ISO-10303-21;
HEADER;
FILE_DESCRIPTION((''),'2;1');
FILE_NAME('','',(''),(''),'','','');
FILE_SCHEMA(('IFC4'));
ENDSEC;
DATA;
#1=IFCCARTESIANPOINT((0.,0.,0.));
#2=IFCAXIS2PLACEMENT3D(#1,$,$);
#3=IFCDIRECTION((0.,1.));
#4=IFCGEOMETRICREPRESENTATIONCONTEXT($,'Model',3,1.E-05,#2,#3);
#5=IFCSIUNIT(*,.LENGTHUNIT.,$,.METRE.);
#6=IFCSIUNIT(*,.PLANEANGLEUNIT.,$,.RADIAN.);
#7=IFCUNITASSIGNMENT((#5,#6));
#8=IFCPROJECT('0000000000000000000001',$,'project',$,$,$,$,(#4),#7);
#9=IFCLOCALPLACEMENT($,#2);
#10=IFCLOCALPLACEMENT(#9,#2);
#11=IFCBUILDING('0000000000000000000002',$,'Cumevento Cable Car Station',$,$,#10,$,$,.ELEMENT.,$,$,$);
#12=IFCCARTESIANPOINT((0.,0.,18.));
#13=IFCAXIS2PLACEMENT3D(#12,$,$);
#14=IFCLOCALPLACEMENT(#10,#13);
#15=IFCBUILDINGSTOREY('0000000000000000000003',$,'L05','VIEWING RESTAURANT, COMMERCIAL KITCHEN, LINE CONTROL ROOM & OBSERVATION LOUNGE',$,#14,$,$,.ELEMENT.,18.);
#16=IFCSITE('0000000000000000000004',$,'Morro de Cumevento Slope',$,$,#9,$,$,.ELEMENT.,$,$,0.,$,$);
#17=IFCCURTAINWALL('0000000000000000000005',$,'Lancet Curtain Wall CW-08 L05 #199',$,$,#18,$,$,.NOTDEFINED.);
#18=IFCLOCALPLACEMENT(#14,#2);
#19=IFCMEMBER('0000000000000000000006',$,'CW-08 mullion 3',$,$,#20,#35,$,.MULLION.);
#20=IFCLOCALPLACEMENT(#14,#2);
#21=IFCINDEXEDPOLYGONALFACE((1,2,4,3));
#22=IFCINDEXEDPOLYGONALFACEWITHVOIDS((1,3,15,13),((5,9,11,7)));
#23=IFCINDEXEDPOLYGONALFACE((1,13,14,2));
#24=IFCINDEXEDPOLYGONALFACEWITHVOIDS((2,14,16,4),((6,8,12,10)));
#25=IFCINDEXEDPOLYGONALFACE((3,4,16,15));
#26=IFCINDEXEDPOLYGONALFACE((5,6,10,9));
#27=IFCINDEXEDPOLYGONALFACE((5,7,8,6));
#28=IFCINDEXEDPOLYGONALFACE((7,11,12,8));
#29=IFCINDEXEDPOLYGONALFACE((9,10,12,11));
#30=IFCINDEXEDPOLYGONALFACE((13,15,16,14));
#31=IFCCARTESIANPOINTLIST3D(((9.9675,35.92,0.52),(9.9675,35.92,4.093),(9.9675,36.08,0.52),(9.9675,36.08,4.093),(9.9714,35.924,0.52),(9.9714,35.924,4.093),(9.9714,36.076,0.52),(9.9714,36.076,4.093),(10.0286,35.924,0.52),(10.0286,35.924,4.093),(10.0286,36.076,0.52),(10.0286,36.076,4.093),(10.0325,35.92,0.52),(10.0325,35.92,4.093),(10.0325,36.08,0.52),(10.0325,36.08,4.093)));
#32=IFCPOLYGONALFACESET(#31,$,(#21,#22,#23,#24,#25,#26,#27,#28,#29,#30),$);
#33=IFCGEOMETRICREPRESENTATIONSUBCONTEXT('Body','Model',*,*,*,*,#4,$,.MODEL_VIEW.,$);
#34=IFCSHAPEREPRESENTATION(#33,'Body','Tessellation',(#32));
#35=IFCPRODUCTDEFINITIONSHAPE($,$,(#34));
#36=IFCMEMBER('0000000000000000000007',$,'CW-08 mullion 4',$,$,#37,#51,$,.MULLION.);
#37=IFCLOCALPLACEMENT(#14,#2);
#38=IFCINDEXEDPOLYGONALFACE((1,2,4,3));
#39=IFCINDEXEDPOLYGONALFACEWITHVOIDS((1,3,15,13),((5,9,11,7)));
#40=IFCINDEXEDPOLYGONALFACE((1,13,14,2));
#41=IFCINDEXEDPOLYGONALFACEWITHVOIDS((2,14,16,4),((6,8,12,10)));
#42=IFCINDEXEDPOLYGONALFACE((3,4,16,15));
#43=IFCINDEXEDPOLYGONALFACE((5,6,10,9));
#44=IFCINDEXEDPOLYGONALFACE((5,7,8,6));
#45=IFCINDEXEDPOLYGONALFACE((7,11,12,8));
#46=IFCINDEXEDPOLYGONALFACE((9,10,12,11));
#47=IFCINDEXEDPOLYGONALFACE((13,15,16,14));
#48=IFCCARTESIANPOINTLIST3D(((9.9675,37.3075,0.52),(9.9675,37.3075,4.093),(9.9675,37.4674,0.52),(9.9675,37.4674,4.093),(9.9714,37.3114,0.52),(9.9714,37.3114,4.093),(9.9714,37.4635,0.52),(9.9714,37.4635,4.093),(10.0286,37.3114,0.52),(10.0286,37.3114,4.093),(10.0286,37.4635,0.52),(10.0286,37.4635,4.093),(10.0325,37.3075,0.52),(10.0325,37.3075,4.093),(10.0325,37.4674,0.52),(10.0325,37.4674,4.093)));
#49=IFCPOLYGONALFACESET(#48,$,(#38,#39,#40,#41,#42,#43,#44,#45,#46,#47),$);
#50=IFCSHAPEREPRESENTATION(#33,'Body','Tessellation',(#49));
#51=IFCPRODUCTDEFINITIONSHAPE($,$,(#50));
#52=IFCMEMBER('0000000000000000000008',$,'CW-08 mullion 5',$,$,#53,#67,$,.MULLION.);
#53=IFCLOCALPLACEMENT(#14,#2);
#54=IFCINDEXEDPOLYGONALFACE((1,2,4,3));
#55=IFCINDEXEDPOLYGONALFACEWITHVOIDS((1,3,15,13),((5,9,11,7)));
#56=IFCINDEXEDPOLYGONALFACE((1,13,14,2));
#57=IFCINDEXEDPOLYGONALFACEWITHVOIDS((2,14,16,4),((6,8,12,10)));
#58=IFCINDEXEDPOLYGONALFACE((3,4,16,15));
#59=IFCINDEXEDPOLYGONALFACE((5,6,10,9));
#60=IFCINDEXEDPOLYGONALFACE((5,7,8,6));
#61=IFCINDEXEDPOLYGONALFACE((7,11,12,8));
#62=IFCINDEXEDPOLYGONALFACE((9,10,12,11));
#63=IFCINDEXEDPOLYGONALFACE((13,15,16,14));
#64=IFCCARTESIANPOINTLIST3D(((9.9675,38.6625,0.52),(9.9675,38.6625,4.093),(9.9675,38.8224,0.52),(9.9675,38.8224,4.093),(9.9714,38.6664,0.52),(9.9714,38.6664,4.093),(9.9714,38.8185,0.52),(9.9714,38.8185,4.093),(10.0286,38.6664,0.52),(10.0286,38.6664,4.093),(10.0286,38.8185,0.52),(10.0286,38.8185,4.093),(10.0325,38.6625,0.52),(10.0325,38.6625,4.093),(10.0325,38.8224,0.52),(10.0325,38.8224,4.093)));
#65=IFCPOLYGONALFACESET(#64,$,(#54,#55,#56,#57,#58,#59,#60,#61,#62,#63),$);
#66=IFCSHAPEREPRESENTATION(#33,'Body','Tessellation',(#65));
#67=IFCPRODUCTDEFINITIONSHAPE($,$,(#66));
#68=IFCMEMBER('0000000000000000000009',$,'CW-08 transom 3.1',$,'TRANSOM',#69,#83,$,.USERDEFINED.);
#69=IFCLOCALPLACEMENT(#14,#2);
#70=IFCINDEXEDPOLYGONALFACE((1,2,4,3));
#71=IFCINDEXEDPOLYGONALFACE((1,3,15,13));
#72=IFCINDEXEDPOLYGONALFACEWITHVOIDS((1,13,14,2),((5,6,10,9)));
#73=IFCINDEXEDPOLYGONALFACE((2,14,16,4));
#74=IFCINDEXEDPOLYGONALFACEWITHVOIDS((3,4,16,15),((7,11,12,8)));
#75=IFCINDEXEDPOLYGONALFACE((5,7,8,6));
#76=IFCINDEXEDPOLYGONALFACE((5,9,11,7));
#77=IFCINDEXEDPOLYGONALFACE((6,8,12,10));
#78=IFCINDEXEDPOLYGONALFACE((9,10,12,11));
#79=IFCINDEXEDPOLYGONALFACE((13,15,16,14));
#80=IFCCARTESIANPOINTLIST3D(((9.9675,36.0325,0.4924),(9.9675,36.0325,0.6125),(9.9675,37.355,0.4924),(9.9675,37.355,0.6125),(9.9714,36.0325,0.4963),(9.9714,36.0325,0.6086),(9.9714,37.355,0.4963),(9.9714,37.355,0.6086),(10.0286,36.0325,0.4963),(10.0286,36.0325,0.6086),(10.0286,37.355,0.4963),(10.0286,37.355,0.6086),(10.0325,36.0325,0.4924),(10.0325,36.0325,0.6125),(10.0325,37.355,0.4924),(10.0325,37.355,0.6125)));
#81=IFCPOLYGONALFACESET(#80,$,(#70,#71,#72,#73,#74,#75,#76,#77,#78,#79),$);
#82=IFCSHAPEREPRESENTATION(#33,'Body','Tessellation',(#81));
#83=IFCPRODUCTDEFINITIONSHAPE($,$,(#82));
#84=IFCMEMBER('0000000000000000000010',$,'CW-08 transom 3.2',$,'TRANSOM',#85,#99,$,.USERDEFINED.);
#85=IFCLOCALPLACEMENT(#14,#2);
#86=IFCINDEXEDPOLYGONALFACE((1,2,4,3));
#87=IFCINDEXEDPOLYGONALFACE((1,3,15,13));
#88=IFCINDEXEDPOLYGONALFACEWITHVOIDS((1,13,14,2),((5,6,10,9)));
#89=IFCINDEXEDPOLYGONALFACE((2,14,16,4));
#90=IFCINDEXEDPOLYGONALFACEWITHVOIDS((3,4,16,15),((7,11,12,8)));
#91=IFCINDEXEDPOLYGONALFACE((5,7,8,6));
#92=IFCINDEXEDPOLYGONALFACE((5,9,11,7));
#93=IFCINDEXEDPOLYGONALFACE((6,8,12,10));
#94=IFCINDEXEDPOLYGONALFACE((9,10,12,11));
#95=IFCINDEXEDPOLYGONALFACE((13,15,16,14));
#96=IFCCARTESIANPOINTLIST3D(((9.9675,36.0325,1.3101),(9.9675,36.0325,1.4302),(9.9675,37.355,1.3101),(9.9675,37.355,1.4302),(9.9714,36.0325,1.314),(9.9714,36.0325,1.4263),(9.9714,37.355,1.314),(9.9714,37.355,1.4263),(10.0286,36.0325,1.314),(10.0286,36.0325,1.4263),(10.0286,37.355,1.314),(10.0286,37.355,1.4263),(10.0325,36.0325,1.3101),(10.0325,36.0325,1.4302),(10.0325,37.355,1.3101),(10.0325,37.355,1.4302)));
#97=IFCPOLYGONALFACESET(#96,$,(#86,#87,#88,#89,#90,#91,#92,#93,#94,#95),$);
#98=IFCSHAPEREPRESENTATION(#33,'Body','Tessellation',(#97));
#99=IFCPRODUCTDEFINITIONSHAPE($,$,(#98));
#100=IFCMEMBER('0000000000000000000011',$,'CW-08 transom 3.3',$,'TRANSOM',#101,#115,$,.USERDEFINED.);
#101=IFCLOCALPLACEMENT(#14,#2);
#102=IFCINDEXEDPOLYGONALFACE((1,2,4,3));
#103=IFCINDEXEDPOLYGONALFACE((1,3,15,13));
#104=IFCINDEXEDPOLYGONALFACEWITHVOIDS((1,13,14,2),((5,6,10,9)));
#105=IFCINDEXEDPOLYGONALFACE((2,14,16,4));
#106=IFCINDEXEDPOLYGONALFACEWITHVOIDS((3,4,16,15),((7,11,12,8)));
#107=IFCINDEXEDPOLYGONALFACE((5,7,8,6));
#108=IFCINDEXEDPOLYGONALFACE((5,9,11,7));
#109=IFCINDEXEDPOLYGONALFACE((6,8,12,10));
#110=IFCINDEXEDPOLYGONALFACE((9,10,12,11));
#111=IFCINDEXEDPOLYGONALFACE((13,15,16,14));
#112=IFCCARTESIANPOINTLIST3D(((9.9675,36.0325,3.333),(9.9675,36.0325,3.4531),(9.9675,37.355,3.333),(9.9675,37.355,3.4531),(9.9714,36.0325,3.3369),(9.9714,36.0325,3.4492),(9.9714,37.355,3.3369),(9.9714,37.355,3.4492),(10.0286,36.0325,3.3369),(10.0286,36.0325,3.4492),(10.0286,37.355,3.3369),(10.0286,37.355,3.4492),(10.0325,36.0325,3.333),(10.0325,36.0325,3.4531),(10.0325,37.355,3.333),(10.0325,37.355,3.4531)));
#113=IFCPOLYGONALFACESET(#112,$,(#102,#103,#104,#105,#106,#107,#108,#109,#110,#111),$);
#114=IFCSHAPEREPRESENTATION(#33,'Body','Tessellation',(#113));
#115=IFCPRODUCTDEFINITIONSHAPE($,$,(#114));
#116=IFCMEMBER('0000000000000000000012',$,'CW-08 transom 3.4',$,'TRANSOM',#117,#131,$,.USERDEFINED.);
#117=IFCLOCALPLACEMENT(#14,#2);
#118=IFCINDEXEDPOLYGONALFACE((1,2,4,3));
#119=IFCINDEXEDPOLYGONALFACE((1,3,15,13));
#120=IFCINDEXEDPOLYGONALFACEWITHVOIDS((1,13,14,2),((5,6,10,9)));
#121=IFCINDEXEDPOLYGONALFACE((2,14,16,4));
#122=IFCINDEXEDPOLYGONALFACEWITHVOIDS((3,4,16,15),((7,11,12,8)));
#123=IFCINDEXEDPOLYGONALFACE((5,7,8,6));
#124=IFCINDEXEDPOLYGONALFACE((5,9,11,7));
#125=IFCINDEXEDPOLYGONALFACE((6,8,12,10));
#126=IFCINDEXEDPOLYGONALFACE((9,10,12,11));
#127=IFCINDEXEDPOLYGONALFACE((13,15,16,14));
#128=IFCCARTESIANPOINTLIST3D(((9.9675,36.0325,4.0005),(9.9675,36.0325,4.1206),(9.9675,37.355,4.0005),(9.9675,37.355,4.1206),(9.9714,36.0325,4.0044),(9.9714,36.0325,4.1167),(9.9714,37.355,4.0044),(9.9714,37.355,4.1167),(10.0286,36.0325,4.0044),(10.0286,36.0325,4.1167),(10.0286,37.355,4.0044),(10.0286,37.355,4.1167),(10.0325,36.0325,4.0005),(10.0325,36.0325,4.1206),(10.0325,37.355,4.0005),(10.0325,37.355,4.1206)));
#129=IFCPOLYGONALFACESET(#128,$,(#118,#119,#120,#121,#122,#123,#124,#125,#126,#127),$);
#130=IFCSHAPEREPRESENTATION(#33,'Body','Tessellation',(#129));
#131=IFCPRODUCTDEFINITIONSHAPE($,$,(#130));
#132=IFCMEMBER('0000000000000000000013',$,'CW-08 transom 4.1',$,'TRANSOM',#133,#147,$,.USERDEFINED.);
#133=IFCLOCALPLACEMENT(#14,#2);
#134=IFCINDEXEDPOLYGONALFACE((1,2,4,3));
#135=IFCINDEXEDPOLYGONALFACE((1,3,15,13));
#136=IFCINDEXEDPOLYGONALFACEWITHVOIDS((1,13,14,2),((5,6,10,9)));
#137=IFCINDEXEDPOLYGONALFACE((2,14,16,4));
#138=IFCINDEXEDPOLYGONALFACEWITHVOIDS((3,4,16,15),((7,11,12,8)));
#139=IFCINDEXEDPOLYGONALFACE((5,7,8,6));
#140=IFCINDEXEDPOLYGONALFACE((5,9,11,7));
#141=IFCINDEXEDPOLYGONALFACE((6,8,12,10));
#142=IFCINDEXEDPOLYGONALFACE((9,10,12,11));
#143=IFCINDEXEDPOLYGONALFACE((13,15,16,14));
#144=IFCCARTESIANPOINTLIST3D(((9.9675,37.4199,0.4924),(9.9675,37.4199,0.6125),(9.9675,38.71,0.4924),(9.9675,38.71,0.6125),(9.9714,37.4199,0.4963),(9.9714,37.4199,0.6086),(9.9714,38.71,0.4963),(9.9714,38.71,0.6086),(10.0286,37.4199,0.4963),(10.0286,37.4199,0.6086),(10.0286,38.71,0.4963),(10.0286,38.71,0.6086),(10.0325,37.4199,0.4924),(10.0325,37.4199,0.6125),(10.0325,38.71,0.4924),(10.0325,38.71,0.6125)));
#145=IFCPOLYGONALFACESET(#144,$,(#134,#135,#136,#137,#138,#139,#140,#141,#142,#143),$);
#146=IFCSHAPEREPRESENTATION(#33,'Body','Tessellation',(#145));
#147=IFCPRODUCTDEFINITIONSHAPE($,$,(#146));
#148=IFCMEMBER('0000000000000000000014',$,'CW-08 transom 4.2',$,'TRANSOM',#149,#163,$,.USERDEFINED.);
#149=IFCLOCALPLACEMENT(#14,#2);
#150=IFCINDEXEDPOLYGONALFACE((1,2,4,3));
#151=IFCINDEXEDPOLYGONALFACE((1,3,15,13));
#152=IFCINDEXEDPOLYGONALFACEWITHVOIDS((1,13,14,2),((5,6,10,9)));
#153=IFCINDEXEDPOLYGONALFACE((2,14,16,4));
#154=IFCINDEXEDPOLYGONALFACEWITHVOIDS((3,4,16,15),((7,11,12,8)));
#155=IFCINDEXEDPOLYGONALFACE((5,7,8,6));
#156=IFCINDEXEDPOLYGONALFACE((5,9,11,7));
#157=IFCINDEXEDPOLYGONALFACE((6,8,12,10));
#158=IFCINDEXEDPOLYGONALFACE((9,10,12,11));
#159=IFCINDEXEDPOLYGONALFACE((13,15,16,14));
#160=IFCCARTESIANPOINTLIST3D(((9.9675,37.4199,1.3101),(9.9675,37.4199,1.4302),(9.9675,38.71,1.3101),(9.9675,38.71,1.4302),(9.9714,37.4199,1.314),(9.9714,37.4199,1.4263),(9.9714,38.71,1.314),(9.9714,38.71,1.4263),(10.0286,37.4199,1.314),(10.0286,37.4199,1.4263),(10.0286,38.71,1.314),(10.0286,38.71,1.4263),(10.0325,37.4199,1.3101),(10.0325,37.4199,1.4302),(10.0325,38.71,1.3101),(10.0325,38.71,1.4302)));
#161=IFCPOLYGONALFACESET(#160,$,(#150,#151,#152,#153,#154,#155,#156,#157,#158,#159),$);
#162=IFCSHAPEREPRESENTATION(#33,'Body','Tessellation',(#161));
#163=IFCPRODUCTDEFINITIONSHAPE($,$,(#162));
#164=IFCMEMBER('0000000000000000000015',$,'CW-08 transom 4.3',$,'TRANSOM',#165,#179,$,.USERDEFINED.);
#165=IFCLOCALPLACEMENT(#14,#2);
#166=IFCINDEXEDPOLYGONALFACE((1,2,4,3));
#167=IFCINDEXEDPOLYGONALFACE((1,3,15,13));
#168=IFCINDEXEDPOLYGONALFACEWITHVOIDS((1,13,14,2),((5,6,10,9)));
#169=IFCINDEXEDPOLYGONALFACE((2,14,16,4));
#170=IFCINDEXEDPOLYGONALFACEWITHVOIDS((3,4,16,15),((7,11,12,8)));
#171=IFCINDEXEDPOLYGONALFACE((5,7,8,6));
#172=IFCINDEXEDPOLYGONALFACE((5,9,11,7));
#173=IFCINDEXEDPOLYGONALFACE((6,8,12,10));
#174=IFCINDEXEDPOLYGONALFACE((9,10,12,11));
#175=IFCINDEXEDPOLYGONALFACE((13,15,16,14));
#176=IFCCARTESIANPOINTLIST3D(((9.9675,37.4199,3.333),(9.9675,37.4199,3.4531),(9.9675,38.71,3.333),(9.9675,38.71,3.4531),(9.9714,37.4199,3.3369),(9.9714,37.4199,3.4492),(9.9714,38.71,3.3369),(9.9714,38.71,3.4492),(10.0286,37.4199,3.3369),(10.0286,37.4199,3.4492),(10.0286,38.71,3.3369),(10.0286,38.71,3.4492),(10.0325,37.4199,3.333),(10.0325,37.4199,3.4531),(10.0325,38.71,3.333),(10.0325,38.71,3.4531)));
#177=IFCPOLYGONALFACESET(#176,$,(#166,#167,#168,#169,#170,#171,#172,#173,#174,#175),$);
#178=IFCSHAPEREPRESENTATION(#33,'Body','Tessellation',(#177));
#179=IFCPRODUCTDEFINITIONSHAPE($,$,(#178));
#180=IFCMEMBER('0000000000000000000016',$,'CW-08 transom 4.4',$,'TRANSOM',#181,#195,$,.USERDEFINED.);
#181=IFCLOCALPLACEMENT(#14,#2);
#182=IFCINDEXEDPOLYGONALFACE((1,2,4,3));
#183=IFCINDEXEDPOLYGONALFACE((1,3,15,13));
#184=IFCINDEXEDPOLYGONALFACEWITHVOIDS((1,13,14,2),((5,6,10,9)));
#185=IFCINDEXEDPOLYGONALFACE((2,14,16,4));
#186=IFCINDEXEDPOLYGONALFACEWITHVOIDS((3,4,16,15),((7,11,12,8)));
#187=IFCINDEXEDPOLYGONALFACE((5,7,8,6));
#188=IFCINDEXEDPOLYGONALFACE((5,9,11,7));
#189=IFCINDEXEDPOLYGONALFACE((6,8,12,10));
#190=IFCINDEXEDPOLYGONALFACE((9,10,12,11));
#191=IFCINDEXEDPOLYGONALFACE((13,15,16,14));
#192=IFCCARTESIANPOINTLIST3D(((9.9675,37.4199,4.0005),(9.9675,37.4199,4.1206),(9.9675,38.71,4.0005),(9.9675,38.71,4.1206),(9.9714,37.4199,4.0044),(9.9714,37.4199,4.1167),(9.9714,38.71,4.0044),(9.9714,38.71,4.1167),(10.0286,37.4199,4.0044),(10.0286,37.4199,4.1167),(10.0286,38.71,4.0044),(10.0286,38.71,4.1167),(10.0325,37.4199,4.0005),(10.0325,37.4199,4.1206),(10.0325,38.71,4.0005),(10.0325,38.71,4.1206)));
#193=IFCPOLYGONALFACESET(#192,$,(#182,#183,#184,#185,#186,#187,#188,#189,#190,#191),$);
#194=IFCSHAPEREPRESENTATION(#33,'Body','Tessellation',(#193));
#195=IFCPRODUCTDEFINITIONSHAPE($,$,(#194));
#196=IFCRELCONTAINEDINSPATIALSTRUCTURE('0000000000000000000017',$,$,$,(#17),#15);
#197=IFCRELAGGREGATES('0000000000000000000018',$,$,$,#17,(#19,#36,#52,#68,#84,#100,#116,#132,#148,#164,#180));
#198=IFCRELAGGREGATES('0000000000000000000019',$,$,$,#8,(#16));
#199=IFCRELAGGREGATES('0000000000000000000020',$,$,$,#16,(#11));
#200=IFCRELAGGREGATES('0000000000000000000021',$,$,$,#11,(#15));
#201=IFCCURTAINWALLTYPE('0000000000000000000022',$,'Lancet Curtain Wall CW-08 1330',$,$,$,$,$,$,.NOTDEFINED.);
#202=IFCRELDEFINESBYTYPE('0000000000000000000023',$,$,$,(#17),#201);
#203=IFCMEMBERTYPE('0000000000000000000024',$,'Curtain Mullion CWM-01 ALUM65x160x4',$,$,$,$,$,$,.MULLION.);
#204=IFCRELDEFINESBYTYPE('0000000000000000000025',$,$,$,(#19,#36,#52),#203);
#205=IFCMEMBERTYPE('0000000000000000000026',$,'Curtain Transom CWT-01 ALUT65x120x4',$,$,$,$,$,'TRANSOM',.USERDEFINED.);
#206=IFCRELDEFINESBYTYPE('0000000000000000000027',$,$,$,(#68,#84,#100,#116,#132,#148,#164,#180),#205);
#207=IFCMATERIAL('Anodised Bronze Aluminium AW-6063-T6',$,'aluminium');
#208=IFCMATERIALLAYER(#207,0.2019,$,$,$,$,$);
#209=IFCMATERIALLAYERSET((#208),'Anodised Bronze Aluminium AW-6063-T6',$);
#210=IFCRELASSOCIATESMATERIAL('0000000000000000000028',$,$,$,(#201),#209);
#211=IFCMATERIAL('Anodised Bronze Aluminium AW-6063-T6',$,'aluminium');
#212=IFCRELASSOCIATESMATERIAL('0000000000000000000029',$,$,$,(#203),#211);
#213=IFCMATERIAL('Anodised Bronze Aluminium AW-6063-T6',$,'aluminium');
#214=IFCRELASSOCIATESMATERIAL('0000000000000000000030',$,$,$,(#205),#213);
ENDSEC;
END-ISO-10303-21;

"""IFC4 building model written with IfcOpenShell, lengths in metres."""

from ifc_helpers import new_model, si_unit, direction, frame, origin, origin_2d, place, context, subcontext, project, spatial, hollow_rectangle, extrude, material, layer, layer_set, material_profile, profile_set, type_object, element, aggregate, save


model = new_model("IFC4")

# Units and contexts
model_context = context("Model", 3, precision=1e-05, world=origin(), true_north=direction((0.0, 1.0)))
body_context = subcontext(model_context, "Body", "Model", "MODEL_VIEW")
ifc_project = project(units=[si_unit("LENGTHUNIT", "METRE"), si_unit("PLANEANGLEUNIT", "RADIAN")], contexts=[model_context])

# Site, building, storey
site_placement = place(None, origin())
site = spatial("IfcSite", under=ifc_project, at=site_placement, Name="Morro de Cumevento Slope", CompositionType="ELEMENT", RefElevation=0.0)
building_placement = place(site_placement, origin())
building = spatial("IfcBuilding", under=site, at=building_placement, Name="Cumevento Cable Car Station", CompositionType="ELEMENT")
storey_placement = place(building_placement, frame((0.0, 0.0, 18.0)))
storey = spatial("IfcBuildingStorey", under=building, at=storey_placement, Name="L05", Description="VIEWING RESTAURANT, COMMERCIAL KITCHEN, LINE CONTROL ROOM & OBSERVATION LOUNGE", CompositionType="ELEMENT", Elevation=18.0)

# Curtain wall, members
ifc_material_1 = material(Name="Anodised Bronze Aluminium AW-6063-T6", Category="aluminium")
ifc_layer_1 = layer(ifc_material_1, 0.2019)
ifc_layer_set_1 = layer_set([ifc_layer_1], Name="Anodised Bronze Aluminium AW-6063-T6")
curtain_wall_type = type_object("IfcCurtainWallType", Name="Lancet Curtain Wall CW-08 1330", PredefinedType="NOTDEFINED", material=ifc_layer_set_1)
curtain_wall_placement = place(storey_placement, origin())
curtain_wall = element("IfcCurtainWall", 1, at=curtain_wall_placement, inside=storey, type_object=curtain_wall_type, Name="Lancet Curtain Wall CW-08 L05 #199", PredefinedType="NOTDEFINED")
ifc_material_2 = material(Name="Anodised Bronze Aluminium AW-6063-T6", Category="aluminium")
ifc_material_profile_1 = material_profile(ifc_material_2, hollow_rectangle(XDim=0.0649, YDim=0.1599, WallThickness=0.0039, at=origin_2d()), Name="ALUM65x160x4")
ifc_profile_set_1 = profile_set([ifc_material_profile_1], Name="Anodised Bronze Aluminium AW-6063-T6")
member_type_1 = type_object("IfcMemberType", Name="Curtain Mullion CWM-01 ALUM65x160x4", PredefinedType="MULLION", material=ifc_profile_set_1)
member_1_placement = place(storey_placement, frame((10.0, 36.0, 0.52), z_axis=(0.0, 0.0, 1.0), x_axis=(-1.0, 0.0, 0.0)))
member_1 = element("IfcMember", 2, at=member_1_placement, type_object=member_type_1, Name="CW-08 mullion 3", PredefinedType="MULLION", context=body_context, shape_type="SweptSolid", body=[
    extrude(hollow_rectangle(XDim=0.0649, YDim=0.1599, WallThickness=0.0039, at=origin_2d()), origin(), (0.0, 0.0, 1.0), 3.573),
])
member_2_placement = place(storey_placement, frame((10.0, 37.3875, 0.52), z_axis=(0.0, 0.0, 1.0), x_axis=(-1.0, 0.0, 0.0)))
member_2 = element("IfcMember", 3, at=member_2_placement, type_object=member_type_1, Name="CW-08 mullion 4", PredefinedType="MULLION", context=body_context, shape_type="SweptSolid", body=[
    extrude(hollow_rectangle(XDim=0.0649, YDim=0.1599, WallThickness=0.0039, at=origin_2d()), origin(), (0.0, 0.0, 1.0), 3.573),
])
member_3_placement = place(storey_placement, frame((10.0, 38.7424, 0.52), z_axis=(0.0, 0.0, 1.0), x_axis=(-1.0, 0.0, 0.0)))
member_3 = element("IfcMember", 4, at=member_3_placement, type_object=member_type_1, Name="CW-08 mullion 5", PredefinedType="MULLION", context=body_context, shape_type="SweptSolid", body=[
    extrude(hollow_rectangle(XDim=0.0649, YDim=0.1599, WallThickness=0.0039, at=origin_2d()), origin(), (0.0, 0.0, 1.0), 3.573),
])
ifc_material_3 = material(Name="Anodised Bronze Aluminium AW-6063-T6", Category="aluminium")
ifc_material_profile_2 = material_profile(ifc_material_3, hollow_rectangle(XDim=0.0649, YDim=0.1201, WallThickness=0.0039, at=origin_2d()), Name="ALUT65x120x4")
ifc_profile_set_2 = profile_set([ifc_material_profile_2], Name="Anodised Bronze Aluminium AW-6063-T6")
member_type_2 = type_object("IfcMemberType", Name="Curtain Transom CWT-01 ALUT65x120x4", ElementType="TRANSOM", PredefinedType="USERDEFINED", material=ifc_profile_set_2)
member_4_placement = place(storey_placement, frame((10.0, 36.0325, 0.5525), z_axis=(0.0, 1.0, 0.0), x_axis=(-1.0, 0.0, 0.0)))
member_4 = element("IfcMember", 5, at=member_4_placement, type_object=member_type_2, Name="CW-08 transom 3.1", ObjectType="TRANSOM", PredefinedType="USERDEFINED", context=body_context, shape_type="SweptSolid", body=[
    extrude(hollow_rectangle(XDim=0.0649, YDim=0.1201, WallThickness=0.0039, at=origin_2d()), origin(), (0.0, 0.0, 1.0), 1.3225),
])
member_5_placement = place(storey_placement, frame((10.0, 36.0325, 1.3701), z_axis=(0.0, 1.0, 0.0), x_axis=(-1.0, 0.0, 0.0)))
member_5 = element("IfcMember", 6, at=member_5_placement, type_object=member_type_2, Name="CW-08 transom 3.2", ObjectType="TRANSOM", PredefinedType="USERDEFINED", context=body_context, shape_type="SweptSolid", body=[
    extrude(hollow_rectangle(XDim=0.0649, YDim=0.1201, WallThickness=0.0039, at=origin_2d()), origin(), (0.0, 0.0, 1.0), 1.3225),
])
member_6_placement = place(storey_placement, frame((10.0, 36.0325, 3.3931), z_axis=(0.0, 1.0, 0.0), x_axis=(-1.0, 0.0, 0.0)))
member_6 = element("IfcMember", 7, at=member_6_placement, type_object=member_type_2, Name="CW-08 transom 3.3", ObjectType="TRANSOM", PredefinedType="USERDEFINED", context=body_context, shape_type="SweptSolid", body=[
    extrude(hollow_rectangle(XDim=0.0649, YDim=0.1201, WallThickness=0.0039, at=origin_2d()), origin(), (0.0, 0.0, 1.0), 1.3225),
])
member_7_placement = place(storey_placement, frame((10.0, 36.0325, 4.0605), z_axis=(0.0, 1.0, 0.0), x_axis=(-1.0, 0.0, 0.0)))
member_7 = element("IfcMember", 8, at=member_7_placement, type_object=member_type_2, Name="CW-08 transom 3.4", ObjectType="TRANSOM", PredefinedType="USERDEFINED", context=body_context, shape_type="SweptSolid", body=[
    extrude(hollow_rectangle(XDim=0.0649, YDim=0.1201, WallThickness=0.0039, at=origin_2d()), origin(), (0.0, 0.0, 1.0), 1.3225),
])
member_8_placement = place(storey_placement, frame((10.0, 37.4199, 0.5525), z_axis=(0.0, 1.0, 0.0), x_axis=(-1.0, 0.0, 0.0)))
member_8 = element("IfcMember", 9, at=member_8_placement, type_object=member_type_2, Name="CW-08 transom 4.1", ObjectType="TRANSOM", PredefinedType="USERDEFINED", context=body_context, shape_type="SweptSolid", body=[
    extrude(hollow_rectangle(XDim=0.0649, YDim=0.1201, WallThickness=0.0039, at=origin_2d()), origin(), (0.0, 0.0, 1.0), 1.29),
])
member_9_placement = place(storey_placement, frame((10.0, 37.4199, 1.3701), z_axis=(0.0, 1.0, 0.0), x_axis=(-1.0, 0.0, 0.0)))
member_9 = element("IfcMember", 10, at=member_9_placement, type_object=member_type_2, Name="CW-08 transom 4.2", ObjectType="TRANSOM", PredefinedType="USERDEFINED", context=body_context, shape_type="SweptSolid", body=[
    extrude(hollow_rectangle(XDim=0.0649, YDim=0.1201, WallThickness=0.0039, at=origin_2d()), origin(), (0.0, 0.0, 1.0), 1.29),
])
member_10_placement = place(storey_placement, frame((10.0, 37.4199, 3.3931), z_axis=(0.0, 1.0, 0.0), x_axis=(-1.0, 0.0, 0.0)))
member_10 = element("IfcMember", 11, at=member_10_placement, type_object=member_type_2, Name="CW-08 transom 4.3", ObjectType="TRANSOM", PredefinedType="USERDEFINED", context=body_context, shape_type="SweptSolid", body=[
    extrude(hollow_rectangle(XDim=0.0649, YDim=0.1201, WallThickness=0.0039, at=origin_2d()), origin(), (0.0, 0.0, 1.0), 1.29),
])
member_11_placement = place(storey_placement, frame((10.0, 37.4199, 4.0605), z_axis=(0.0, 1.0, 0.0), x_axis=(-1.0, 0.0, 0.0)))
member_11 = element("IfcMember", 12, at=member_11_placement, type_object=member_type_2, Name="CW-08 transom 4.4", ObjectType="TRANSOM", PredefinedType="USERDEFINED", context=body_context, shape_type="SweptSolid", body=[
    extrude(hollow_rectangle(XDim=0.0649, YDim=0.1201, WallThickness=0.0039, at=origin_2d()), origin(), (0.0, 0.0, 1.0), 1.29),
])

aggregate(curtain_wall, [member_1, member_2, member_3, member_4, member_5, member_6, member_7, member_8, member_9, member_10, member_11])

save(model, "model.ifc")
